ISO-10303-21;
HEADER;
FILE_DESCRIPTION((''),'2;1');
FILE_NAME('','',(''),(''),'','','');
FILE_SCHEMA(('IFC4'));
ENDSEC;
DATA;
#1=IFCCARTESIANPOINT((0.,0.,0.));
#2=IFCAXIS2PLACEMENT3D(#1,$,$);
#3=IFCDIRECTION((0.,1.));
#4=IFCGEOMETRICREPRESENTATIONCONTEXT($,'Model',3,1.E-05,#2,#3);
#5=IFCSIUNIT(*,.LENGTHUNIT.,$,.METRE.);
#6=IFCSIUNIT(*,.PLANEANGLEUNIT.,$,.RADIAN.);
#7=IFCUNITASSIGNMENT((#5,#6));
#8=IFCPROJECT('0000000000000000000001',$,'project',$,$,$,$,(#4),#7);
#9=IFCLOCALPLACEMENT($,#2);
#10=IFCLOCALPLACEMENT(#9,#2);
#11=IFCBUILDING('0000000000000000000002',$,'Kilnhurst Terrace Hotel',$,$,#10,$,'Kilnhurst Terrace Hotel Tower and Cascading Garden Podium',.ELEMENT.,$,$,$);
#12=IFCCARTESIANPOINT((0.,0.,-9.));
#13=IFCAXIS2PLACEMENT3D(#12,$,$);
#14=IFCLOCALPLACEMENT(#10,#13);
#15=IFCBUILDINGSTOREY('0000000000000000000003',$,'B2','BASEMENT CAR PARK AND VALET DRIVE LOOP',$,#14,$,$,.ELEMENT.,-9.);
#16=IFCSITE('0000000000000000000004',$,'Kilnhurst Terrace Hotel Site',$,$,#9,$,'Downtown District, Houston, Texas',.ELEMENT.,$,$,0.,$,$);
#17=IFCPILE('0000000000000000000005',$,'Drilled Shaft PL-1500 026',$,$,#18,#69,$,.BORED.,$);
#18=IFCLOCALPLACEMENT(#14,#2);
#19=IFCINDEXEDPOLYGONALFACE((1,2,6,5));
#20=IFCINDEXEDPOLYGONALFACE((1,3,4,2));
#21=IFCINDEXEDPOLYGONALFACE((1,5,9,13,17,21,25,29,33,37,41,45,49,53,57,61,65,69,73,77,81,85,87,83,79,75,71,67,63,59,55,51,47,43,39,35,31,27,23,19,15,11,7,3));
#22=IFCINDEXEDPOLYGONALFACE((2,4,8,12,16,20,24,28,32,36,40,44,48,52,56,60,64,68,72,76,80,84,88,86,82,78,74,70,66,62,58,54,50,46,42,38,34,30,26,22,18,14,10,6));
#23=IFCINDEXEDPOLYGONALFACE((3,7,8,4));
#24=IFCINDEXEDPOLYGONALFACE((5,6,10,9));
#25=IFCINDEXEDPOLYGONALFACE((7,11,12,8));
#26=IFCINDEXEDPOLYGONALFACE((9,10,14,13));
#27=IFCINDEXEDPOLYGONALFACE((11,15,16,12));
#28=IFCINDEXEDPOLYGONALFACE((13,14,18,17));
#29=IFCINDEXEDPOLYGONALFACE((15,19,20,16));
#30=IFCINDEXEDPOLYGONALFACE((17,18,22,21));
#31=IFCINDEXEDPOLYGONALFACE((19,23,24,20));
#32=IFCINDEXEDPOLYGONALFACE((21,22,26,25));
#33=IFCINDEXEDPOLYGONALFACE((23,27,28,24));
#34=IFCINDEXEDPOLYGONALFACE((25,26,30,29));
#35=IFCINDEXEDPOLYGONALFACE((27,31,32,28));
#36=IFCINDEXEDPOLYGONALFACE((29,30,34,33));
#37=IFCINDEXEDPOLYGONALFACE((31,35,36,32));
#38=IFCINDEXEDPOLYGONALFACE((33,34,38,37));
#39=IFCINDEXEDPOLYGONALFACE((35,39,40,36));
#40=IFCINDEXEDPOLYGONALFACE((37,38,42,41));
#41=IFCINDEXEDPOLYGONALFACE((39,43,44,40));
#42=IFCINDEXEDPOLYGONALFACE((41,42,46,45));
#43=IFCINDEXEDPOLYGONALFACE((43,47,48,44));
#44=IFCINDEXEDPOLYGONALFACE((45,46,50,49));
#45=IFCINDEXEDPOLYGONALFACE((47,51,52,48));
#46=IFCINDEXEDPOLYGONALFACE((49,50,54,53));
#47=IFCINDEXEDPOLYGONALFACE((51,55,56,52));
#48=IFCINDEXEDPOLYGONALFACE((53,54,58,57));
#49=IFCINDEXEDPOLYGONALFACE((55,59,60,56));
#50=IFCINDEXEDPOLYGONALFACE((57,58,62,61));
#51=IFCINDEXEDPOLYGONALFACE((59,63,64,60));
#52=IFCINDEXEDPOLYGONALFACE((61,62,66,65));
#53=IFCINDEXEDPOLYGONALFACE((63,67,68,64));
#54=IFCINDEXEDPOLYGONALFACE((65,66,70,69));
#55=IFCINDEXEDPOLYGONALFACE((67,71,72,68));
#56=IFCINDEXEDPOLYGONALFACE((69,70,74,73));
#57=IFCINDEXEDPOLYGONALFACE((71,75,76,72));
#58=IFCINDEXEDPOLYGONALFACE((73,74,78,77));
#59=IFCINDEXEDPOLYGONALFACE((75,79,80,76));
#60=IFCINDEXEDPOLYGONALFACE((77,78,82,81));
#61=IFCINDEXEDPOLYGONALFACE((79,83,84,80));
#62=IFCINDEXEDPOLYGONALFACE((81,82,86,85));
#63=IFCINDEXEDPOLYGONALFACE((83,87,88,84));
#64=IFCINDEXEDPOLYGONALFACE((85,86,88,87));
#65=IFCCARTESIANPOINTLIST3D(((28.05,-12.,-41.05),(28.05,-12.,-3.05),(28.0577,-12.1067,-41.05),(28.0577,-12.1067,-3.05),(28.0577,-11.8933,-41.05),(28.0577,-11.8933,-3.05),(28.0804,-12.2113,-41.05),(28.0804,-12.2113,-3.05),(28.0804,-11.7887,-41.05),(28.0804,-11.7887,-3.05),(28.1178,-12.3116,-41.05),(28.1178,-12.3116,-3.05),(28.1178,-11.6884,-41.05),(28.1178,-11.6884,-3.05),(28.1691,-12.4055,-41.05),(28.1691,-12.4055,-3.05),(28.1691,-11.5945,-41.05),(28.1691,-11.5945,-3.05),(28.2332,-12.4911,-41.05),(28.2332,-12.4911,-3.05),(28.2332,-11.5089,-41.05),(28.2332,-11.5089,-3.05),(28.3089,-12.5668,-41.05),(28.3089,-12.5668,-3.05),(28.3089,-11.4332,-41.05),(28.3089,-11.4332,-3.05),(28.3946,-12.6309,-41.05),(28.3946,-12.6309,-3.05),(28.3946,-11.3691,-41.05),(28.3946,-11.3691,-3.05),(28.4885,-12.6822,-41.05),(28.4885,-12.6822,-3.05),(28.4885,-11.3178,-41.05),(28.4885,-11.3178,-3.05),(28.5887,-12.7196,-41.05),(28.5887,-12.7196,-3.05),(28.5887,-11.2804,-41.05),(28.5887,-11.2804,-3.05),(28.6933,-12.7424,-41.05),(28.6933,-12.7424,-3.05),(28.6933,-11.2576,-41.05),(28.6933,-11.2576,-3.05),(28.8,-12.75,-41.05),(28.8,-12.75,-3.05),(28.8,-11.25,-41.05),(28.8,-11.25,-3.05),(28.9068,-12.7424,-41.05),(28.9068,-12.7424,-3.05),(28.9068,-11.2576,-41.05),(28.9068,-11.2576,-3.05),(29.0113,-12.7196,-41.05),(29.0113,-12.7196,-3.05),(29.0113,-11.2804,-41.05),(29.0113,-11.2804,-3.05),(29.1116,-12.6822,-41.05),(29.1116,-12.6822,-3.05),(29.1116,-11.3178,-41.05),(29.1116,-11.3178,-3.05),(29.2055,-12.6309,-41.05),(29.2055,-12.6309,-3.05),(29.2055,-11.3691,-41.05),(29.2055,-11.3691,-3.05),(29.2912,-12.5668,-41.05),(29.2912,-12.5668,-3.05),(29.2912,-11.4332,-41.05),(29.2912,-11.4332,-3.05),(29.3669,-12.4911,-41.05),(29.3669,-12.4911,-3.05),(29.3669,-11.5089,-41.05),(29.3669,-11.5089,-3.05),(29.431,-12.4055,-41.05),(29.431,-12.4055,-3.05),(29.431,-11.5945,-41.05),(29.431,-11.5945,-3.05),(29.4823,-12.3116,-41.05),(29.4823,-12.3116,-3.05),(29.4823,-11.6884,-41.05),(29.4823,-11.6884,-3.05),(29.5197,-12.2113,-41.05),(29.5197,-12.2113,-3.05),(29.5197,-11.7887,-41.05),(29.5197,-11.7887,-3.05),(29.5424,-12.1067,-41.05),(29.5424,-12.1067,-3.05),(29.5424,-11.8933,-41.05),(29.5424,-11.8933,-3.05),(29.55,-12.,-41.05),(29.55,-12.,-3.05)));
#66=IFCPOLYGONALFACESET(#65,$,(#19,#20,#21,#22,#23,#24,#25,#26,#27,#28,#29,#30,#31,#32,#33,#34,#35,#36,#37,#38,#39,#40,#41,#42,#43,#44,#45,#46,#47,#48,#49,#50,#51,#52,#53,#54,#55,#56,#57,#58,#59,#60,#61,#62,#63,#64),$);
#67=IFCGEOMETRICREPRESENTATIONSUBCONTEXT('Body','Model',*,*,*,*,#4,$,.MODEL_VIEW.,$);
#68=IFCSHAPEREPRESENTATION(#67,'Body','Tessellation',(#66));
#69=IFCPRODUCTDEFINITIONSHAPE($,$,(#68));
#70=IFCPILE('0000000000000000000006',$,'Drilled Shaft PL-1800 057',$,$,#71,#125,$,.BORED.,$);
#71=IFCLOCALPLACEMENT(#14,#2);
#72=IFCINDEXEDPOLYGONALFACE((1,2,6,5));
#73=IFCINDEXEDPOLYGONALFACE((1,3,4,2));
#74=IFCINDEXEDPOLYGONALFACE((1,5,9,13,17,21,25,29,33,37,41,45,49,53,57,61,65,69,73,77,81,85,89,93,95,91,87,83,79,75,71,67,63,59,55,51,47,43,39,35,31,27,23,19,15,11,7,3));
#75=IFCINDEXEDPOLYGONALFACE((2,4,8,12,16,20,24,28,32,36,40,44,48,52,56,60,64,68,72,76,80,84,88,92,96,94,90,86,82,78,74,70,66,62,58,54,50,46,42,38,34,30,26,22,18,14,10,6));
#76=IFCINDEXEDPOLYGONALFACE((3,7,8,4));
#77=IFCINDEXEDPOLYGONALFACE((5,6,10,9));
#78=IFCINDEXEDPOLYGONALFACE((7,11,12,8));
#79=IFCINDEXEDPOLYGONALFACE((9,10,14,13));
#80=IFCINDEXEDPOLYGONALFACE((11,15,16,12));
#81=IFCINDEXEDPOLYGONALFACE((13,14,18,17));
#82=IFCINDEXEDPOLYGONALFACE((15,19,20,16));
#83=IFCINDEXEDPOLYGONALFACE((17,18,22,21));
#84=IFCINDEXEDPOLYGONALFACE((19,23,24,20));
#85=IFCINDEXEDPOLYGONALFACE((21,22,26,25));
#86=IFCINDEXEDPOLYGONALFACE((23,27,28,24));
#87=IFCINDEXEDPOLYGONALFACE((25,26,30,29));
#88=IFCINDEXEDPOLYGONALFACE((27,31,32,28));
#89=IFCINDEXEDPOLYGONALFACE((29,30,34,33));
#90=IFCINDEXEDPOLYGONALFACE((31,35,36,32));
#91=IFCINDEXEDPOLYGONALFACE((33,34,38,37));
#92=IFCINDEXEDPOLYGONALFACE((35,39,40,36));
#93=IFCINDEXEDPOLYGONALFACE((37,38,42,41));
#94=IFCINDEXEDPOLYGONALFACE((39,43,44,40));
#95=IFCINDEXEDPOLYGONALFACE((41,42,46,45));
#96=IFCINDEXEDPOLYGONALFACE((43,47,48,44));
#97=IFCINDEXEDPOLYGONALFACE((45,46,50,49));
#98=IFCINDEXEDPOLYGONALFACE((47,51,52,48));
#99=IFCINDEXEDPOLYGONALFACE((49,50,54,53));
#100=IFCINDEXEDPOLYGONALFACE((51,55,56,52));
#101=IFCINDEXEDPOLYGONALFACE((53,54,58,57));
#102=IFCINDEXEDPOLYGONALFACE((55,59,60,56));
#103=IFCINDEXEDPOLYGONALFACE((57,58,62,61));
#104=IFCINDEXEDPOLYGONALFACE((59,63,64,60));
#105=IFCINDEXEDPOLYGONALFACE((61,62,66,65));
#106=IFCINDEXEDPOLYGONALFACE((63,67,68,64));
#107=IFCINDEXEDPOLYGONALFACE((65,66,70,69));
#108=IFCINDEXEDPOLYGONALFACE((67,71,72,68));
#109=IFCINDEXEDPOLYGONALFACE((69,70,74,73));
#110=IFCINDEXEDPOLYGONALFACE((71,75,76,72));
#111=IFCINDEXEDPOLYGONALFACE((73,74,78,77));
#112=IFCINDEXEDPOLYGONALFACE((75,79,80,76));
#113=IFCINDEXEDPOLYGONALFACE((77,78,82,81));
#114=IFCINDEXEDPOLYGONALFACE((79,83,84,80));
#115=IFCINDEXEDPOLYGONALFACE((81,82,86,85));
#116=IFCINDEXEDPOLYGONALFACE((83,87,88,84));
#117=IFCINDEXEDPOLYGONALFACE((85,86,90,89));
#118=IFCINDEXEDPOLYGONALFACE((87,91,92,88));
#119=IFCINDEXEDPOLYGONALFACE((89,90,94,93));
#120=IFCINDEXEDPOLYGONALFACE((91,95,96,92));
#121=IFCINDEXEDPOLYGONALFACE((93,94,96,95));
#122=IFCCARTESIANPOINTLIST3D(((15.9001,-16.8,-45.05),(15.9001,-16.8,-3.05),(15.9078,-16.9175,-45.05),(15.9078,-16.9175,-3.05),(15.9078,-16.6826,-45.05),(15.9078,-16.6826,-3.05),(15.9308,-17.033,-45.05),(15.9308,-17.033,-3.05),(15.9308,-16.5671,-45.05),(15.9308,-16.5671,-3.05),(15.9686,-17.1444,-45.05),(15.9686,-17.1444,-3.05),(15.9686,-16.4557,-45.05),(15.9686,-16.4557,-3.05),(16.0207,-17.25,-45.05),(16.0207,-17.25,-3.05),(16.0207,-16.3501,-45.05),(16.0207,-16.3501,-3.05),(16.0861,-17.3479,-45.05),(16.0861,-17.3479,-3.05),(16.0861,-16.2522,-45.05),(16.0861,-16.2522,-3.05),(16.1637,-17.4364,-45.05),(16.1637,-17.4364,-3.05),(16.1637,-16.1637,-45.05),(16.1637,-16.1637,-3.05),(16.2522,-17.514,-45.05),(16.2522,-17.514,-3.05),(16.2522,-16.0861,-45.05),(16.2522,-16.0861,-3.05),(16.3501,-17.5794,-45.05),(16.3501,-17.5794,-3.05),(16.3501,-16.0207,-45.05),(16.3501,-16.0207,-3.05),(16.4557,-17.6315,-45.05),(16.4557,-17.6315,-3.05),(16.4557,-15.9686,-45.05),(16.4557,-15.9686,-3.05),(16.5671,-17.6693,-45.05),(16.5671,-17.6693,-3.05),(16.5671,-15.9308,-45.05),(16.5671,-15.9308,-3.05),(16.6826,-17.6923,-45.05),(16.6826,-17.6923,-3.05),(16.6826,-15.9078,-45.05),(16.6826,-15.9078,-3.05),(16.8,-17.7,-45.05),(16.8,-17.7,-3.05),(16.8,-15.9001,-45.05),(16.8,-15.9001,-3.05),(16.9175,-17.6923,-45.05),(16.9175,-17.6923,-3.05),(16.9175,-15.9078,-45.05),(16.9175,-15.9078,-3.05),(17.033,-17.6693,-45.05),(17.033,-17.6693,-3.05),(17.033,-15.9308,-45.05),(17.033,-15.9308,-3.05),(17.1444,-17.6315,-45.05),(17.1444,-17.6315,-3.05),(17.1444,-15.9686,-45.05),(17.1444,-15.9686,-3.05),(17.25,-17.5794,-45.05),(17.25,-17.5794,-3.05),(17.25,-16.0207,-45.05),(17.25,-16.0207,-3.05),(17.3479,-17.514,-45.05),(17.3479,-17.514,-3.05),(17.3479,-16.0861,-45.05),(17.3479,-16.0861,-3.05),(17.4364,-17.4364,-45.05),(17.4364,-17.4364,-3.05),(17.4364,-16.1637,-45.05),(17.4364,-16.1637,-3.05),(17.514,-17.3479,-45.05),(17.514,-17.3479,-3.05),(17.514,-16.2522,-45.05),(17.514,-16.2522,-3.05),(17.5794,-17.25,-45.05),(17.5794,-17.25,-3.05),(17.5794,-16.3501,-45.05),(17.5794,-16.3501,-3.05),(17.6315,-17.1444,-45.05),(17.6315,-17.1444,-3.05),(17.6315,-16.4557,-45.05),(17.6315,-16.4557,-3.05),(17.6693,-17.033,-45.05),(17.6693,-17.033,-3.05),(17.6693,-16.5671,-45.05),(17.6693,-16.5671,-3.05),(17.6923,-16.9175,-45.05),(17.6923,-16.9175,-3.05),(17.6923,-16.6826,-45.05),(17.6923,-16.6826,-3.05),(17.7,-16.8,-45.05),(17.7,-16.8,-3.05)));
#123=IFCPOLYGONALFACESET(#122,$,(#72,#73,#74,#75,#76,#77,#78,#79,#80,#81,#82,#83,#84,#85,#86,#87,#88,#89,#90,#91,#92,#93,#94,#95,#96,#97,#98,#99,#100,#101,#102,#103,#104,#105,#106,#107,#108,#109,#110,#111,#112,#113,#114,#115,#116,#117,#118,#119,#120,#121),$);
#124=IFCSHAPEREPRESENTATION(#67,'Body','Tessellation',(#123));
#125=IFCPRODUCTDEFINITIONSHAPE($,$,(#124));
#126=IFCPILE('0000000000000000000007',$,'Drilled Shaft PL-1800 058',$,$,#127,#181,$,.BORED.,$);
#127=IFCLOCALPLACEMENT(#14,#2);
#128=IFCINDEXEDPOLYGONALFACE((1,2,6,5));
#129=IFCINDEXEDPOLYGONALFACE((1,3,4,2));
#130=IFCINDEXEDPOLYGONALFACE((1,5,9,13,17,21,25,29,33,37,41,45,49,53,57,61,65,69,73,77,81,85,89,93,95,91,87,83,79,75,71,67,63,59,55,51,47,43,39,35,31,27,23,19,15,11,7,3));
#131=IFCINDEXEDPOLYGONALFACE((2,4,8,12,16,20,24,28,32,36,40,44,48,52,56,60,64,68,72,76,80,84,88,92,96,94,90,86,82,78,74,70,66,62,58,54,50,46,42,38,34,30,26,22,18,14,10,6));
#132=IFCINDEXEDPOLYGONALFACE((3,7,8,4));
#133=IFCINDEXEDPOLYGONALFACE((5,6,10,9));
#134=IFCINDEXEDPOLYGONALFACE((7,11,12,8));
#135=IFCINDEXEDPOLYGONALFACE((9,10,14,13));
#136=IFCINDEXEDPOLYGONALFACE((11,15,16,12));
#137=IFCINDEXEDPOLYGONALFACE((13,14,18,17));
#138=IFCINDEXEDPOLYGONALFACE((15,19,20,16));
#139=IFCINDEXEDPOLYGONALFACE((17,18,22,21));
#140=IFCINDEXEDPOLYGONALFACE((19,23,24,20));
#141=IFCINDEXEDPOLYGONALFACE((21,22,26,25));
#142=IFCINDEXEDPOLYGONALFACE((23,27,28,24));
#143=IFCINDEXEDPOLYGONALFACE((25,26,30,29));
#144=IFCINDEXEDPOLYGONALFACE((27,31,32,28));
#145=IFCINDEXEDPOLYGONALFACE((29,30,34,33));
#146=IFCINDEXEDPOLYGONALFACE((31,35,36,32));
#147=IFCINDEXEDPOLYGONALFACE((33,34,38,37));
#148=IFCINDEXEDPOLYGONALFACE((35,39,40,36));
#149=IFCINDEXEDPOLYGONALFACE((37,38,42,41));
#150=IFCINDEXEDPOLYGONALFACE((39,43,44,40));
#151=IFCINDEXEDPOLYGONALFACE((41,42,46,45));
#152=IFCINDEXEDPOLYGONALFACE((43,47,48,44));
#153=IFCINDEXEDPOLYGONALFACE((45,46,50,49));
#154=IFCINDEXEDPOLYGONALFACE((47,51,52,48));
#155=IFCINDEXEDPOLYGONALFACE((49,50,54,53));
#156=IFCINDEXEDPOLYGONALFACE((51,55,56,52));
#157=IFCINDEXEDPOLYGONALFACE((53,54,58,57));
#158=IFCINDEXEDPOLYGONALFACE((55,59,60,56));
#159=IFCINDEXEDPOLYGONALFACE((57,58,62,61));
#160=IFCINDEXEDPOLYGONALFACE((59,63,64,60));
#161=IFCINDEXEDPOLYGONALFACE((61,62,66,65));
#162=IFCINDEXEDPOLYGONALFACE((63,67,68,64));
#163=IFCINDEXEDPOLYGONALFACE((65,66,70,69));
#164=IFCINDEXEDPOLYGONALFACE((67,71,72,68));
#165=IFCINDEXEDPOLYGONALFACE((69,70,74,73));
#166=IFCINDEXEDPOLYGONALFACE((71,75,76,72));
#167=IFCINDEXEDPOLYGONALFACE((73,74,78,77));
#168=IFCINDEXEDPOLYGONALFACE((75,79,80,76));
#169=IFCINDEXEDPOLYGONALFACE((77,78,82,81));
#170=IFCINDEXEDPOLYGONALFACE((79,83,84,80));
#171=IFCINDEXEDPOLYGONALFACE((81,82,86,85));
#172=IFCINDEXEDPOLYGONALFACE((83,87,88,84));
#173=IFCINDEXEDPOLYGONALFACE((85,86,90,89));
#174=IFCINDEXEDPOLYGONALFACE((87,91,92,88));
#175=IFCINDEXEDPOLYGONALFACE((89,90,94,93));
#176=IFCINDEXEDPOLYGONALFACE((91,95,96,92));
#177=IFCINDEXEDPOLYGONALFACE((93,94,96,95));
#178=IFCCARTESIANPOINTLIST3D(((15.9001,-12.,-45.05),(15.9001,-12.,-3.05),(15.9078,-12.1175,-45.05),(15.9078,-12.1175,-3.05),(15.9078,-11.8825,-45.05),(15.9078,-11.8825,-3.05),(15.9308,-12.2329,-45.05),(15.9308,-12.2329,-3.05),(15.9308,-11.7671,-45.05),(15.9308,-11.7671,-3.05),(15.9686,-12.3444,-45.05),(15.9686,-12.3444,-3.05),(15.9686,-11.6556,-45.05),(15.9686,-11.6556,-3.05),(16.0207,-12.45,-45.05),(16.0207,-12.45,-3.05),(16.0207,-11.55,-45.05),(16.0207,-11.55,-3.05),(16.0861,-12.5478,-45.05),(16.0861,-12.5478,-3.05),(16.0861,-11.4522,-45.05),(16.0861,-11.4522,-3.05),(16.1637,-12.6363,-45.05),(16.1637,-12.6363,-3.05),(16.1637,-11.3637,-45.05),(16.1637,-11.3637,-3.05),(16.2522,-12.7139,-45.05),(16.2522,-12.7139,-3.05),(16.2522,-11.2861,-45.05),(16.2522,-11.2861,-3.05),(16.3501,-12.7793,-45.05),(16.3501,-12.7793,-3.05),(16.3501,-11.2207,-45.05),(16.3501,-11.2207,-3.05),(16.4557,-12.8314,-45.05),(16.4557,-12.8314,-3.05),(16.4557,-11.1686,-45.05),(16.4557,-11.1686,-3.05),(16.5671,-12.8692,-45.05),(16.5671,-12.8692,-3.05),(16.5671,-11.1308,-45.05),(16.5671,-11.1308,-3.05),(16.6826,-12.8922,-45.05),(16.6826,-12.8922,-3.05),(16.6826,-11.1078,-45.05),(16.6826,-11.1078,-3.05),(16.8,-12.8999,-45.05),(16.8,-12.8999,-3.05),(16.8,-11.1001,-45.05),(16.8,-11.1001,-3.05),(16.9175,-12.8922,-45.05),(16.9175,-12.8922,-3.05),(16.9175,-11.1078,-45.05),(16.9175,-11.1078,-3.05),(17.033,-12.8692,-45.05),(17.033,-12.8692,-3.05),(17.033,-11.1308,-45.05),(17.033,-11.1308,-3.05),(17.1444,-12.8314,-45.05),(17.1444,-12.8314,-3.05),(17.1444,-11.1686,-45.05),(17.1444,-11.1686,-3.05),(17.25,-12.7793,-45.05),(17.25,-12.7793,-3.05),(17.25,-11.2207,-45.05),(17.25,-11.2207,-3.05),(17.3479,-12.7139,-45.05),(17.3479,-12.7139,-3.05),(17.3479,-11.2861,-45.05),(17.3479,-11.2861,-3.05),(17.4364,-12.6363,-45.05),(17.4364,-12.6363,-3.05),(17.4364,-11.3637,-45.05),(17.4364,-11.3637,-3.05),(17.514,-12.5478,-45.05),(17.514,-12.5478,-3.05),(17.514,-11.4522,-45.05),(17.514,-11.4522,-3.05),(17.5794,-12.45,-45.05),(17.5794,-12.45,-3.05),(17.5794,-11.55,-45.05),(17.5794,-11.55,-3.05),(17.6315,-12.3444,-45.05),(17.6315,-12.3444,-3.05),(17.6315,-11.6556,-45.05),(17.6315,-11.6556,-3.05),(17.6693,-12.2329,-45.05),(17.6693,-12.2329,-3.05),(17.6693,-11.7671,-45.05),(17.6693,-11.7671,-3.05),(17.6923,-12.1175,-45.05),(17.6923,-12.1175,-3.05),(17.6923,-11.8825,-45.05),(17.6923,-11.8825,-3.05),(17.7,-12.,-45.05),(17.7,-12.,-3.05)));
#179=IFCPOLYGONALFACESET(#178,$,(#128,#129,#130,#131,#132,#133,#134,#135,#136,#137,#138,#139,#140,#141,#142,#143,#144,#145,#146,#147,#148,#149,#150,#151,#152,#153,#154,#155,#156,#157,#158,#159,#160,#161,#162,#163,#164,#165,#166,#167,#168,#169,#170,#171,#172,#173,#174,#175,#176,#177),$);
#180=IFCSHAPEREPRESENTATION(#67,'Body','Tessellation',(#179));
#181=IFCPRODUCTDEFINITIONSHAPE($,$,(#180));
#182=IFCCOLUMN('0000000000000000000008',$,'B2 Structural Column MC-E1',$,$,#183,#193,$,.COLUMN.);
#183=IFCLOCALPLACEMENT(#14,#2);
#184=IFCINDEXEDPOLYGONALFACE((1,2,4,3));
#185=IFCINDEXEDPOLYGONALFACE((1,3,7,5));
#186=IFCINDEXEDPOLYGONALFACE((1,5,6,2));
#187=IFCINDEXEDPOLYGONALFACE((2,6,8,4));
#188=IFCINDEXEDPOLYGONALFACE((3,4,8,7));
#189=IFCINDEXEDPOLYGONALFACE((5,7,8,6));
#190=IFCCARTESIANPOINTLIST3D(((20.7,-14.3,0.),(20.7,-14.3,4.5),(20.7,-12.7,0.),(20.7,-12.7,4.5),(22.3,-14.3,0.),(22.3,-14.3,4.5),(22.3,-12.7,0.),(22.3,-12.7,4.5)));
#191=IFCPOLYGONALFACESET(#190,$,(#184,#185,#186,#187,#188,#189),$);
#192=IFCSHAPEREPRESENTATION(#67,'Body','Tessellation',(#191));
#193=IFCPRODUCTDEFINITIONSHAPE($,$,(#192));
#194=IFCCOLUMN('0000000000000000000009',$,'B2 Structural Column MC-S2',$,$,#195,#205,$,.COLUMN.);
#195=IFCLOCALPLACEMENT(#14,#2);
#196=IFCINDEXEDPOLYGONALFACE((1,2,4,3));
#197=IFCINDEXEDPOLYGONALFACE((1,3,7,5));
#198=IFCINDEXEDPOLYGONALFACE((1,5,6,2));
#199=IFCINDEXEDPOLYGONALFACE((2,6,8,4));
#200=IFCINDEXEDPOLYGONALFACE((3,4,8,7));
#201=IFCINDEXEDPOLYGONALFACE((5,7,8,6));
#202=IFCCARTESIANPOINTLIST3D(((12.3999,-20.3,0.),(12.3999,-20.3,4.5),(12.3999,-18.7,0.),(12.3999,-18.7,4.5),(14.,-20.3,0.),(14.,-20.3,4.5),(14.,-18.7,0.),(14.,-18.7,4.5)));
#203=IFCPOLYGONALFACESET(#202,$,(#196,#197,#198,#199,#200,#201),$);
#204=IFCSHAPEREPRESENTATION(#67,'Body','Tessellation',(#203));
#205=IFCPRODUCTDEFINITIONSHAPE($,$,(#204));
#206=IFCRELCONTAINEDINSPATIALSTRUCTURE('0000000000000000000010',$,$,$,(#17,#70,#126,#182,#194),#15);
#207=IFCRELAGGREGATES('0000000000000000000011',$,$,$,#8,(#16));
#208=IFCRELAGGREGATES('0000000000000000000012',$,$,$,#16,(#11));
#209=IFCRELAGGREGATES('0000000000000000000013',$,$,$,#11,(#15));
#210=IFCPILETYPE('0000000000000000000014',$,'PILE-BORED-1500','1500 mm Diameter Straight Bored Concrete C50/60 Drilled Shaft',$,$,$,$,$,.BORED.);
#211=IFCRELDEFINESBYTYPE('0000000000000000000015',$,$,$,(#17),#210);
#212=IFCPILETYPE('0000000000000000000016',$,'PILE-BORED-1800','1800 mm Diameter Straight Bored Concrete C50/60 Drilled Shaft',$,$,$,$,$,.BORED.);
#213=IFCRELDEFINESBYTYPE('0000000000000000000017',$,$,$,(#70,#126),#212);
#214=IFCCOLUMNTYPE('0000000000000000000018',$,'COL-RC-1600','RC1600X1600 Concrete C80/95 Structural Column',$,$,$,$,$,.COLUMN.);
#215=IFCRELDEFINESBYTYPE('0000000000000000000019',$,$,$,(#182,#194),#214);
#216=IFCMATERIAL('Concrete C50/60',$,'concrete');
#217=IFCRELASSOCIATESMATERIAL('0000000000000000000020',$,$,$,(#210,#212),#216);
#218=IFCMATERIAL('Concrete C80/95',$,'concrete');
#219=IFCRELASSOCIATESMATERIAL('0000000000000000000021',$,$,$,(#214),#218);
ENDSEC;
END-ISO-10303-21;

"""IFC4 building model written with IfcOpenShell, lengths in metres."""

from ifc_helpers import new_model, si_unit, direction, frame, origin, origin_2d, place, context, subcontext, project, spatial, rectangle, circle, extrude, material, material_profile, profile_set, type_object, element, save


model = new_model("IFC4")

# Units and contexts
model_context = context("Model", 3, precision=1e-05, world=origin(), true_north=direction((0.0, 1.0)))
body_context = subcontext(model_context, "Body", "Model", "MODEL_VIEW")
ifc_project = project(units=[si_unit("LENGTHUNIT", "METRE"), si_unit("PLANEANGLEUNIT", "RADIAN")], contexts=[model_context])

# Site, building, storey
site_placement = place(None, origin())
site = spatial("IfcSite", under=ifc_project, at=site_placement, Name="Kilnhurst Terrace Hotel Site", LongName="Downtown District, Houston, Texas", CompositionType="ELEMENT", RefElevation=0.0)
building_placement = place(site_placement, origin())
building = spatial("IfcBuilding", under=site, at=building_placement, Name="Kilnhurst Terrace Hotel", LongName="Kilnhurst Terrace Hotel Tower and Cascading Garden Podium", CompositionType="ELEMENT")
storey_placement = place(building_placement, frame((0.0, 0.0, -9.0)))
storey = spatial("IfcBuildingStorey", under=building, at=storey_placement, Name="B2", Description="BASEMENT CAR PARK AND VALET DRIVE LOOP", CompositionType="ELEMENT", Elevation=-9.0)

# Piles
ifc_material_1 = material(Name="Concrete C50/60", Category="concrete")
ifc_material_profile_1 = material_profile(ifc_material_1, circle(Radius=0.75, at=origin_2d()), Name="PILE1500")
ifc_profile_set_1 = profile_set([ifc_material_profile_1], Name="Concrete C50/60")
pile_type_1 = type_object("IfcPileType", Name="PILE-BORED-1500", Description="1500 mm Diameter Straight Bored Concrete C50/60 Drilled Shaft", PredefinedType="BORED", material=ifc_profile_set_1)
for number, where, z_axis, x_axis, name in (
    (1, (28.8, -12.0, -3.05), (0.0, 0.0, -1.0), (1.0, 0.0, 0.0), "Drilled Shaft PL-1500 026"),
):
    element("IfcPile", number, at=place(storey_placement, frame(where, z_axis=z_axis, x_axis=x_axis)), inside=storey, type_object=pile_type_1, Name=name, PredefinedType="BORED", context=body_context, shape_type="SweptSolid", body=[
        extrude(circle(Radius=0.75, at=origin_2d()), origin(), (0.0, 0.0, 1.0), 38.0),
    ])
ifc_material_profile_2 = material_profile(ifc_material_1, circle(Radius=0.8999, at=origin_2d()), Name="PILE1800")
ifc_profile_set_2 = profile_set([ifc_material_profile_2], Name="Concrete C50/60")
pile_type_2 = type_object("IfcPileType", Name="PILE-BORED-1800", Description="1800 mm Diameter Straight Bored Concrete C50/60 Drilled Shaft", PredefinedType="BORED", material=ifc_profile_set_2)
for number, where, z_axis, x_axis, name in (
    (2, (16.8, -16.8, -3.05), (0.0, 0.0, -1.0), (1.0, 0.0, 0.0), "Drilled Shaft PL-1800 057"),
    (3, (16.8, -12.0, -3.05), (0.0, 0.0, -1.0), (1.0, 0.0, 0.0), "Drilled Shaft PL-1800 058"),
):
    element("IfcPile", number, at=place(storey_placement, frame(where, z_axis=z_axis, x_axis=x_axis)), inside=storey, type_object=pile_type_2, Name=name, PredefinedType="BORED", context=body_context, shape_type="SweptSolid", body=[
        extrude(circle(Radius=0.8999, at=origin_2d()), origin(), (0.0, 0.0, 1.0), 42.0),
    ])

# Columns
ifc_material_2 = material(Name="Concrete C80/95", Category="concrete")
ifc_material_profile_3 = material_profile(ifc_material_2, rectangle(XDim=1.6001, YDim=1.6001, at=origin_2d()), Name="RC1600X1600")
ifc_profile_set_3 = profile_set([ifc_material_profile_3], Name="Concrete C80/95")
column_type_1 = type_object("IfcColumnType", Name="COL-RC-1600", Description="RC1600X1600 Concrete C80/95 Structural Column", PredefinedType="COLUMN", material=ifc_profile_set_3)
for number, where, z_axis, x_axis, name in (
    (4, (21.5, -13.5, 0.0), (0.0, 0.0, 1.0), (1.0, 0.0, 0.0), "B2 Structural Column MC-E1"),
    (5, (13.2, -19.5, 0.0), (0.0, 0.0, 1.0), (1.0, 0.0, 0.0), "B2 Structural Column MC-S2"),
):
    element("IfcColumn", number, at=place(storey_placement, frame(where, z_axis=z_axis, x_axis=x_axis)), inside=storey, type_object=column_type_1, Name=name, PredefinedType="COLUMN", context=body_context, shape_type="SweptSolid", body=[
        extrude(rectangle(XDim=1.6001, YDim=1.6001, at=origin_2d()), origin(), (0.0, 0.0, 1.0), 4.5),
    ])

save(model, "model.ifc")
